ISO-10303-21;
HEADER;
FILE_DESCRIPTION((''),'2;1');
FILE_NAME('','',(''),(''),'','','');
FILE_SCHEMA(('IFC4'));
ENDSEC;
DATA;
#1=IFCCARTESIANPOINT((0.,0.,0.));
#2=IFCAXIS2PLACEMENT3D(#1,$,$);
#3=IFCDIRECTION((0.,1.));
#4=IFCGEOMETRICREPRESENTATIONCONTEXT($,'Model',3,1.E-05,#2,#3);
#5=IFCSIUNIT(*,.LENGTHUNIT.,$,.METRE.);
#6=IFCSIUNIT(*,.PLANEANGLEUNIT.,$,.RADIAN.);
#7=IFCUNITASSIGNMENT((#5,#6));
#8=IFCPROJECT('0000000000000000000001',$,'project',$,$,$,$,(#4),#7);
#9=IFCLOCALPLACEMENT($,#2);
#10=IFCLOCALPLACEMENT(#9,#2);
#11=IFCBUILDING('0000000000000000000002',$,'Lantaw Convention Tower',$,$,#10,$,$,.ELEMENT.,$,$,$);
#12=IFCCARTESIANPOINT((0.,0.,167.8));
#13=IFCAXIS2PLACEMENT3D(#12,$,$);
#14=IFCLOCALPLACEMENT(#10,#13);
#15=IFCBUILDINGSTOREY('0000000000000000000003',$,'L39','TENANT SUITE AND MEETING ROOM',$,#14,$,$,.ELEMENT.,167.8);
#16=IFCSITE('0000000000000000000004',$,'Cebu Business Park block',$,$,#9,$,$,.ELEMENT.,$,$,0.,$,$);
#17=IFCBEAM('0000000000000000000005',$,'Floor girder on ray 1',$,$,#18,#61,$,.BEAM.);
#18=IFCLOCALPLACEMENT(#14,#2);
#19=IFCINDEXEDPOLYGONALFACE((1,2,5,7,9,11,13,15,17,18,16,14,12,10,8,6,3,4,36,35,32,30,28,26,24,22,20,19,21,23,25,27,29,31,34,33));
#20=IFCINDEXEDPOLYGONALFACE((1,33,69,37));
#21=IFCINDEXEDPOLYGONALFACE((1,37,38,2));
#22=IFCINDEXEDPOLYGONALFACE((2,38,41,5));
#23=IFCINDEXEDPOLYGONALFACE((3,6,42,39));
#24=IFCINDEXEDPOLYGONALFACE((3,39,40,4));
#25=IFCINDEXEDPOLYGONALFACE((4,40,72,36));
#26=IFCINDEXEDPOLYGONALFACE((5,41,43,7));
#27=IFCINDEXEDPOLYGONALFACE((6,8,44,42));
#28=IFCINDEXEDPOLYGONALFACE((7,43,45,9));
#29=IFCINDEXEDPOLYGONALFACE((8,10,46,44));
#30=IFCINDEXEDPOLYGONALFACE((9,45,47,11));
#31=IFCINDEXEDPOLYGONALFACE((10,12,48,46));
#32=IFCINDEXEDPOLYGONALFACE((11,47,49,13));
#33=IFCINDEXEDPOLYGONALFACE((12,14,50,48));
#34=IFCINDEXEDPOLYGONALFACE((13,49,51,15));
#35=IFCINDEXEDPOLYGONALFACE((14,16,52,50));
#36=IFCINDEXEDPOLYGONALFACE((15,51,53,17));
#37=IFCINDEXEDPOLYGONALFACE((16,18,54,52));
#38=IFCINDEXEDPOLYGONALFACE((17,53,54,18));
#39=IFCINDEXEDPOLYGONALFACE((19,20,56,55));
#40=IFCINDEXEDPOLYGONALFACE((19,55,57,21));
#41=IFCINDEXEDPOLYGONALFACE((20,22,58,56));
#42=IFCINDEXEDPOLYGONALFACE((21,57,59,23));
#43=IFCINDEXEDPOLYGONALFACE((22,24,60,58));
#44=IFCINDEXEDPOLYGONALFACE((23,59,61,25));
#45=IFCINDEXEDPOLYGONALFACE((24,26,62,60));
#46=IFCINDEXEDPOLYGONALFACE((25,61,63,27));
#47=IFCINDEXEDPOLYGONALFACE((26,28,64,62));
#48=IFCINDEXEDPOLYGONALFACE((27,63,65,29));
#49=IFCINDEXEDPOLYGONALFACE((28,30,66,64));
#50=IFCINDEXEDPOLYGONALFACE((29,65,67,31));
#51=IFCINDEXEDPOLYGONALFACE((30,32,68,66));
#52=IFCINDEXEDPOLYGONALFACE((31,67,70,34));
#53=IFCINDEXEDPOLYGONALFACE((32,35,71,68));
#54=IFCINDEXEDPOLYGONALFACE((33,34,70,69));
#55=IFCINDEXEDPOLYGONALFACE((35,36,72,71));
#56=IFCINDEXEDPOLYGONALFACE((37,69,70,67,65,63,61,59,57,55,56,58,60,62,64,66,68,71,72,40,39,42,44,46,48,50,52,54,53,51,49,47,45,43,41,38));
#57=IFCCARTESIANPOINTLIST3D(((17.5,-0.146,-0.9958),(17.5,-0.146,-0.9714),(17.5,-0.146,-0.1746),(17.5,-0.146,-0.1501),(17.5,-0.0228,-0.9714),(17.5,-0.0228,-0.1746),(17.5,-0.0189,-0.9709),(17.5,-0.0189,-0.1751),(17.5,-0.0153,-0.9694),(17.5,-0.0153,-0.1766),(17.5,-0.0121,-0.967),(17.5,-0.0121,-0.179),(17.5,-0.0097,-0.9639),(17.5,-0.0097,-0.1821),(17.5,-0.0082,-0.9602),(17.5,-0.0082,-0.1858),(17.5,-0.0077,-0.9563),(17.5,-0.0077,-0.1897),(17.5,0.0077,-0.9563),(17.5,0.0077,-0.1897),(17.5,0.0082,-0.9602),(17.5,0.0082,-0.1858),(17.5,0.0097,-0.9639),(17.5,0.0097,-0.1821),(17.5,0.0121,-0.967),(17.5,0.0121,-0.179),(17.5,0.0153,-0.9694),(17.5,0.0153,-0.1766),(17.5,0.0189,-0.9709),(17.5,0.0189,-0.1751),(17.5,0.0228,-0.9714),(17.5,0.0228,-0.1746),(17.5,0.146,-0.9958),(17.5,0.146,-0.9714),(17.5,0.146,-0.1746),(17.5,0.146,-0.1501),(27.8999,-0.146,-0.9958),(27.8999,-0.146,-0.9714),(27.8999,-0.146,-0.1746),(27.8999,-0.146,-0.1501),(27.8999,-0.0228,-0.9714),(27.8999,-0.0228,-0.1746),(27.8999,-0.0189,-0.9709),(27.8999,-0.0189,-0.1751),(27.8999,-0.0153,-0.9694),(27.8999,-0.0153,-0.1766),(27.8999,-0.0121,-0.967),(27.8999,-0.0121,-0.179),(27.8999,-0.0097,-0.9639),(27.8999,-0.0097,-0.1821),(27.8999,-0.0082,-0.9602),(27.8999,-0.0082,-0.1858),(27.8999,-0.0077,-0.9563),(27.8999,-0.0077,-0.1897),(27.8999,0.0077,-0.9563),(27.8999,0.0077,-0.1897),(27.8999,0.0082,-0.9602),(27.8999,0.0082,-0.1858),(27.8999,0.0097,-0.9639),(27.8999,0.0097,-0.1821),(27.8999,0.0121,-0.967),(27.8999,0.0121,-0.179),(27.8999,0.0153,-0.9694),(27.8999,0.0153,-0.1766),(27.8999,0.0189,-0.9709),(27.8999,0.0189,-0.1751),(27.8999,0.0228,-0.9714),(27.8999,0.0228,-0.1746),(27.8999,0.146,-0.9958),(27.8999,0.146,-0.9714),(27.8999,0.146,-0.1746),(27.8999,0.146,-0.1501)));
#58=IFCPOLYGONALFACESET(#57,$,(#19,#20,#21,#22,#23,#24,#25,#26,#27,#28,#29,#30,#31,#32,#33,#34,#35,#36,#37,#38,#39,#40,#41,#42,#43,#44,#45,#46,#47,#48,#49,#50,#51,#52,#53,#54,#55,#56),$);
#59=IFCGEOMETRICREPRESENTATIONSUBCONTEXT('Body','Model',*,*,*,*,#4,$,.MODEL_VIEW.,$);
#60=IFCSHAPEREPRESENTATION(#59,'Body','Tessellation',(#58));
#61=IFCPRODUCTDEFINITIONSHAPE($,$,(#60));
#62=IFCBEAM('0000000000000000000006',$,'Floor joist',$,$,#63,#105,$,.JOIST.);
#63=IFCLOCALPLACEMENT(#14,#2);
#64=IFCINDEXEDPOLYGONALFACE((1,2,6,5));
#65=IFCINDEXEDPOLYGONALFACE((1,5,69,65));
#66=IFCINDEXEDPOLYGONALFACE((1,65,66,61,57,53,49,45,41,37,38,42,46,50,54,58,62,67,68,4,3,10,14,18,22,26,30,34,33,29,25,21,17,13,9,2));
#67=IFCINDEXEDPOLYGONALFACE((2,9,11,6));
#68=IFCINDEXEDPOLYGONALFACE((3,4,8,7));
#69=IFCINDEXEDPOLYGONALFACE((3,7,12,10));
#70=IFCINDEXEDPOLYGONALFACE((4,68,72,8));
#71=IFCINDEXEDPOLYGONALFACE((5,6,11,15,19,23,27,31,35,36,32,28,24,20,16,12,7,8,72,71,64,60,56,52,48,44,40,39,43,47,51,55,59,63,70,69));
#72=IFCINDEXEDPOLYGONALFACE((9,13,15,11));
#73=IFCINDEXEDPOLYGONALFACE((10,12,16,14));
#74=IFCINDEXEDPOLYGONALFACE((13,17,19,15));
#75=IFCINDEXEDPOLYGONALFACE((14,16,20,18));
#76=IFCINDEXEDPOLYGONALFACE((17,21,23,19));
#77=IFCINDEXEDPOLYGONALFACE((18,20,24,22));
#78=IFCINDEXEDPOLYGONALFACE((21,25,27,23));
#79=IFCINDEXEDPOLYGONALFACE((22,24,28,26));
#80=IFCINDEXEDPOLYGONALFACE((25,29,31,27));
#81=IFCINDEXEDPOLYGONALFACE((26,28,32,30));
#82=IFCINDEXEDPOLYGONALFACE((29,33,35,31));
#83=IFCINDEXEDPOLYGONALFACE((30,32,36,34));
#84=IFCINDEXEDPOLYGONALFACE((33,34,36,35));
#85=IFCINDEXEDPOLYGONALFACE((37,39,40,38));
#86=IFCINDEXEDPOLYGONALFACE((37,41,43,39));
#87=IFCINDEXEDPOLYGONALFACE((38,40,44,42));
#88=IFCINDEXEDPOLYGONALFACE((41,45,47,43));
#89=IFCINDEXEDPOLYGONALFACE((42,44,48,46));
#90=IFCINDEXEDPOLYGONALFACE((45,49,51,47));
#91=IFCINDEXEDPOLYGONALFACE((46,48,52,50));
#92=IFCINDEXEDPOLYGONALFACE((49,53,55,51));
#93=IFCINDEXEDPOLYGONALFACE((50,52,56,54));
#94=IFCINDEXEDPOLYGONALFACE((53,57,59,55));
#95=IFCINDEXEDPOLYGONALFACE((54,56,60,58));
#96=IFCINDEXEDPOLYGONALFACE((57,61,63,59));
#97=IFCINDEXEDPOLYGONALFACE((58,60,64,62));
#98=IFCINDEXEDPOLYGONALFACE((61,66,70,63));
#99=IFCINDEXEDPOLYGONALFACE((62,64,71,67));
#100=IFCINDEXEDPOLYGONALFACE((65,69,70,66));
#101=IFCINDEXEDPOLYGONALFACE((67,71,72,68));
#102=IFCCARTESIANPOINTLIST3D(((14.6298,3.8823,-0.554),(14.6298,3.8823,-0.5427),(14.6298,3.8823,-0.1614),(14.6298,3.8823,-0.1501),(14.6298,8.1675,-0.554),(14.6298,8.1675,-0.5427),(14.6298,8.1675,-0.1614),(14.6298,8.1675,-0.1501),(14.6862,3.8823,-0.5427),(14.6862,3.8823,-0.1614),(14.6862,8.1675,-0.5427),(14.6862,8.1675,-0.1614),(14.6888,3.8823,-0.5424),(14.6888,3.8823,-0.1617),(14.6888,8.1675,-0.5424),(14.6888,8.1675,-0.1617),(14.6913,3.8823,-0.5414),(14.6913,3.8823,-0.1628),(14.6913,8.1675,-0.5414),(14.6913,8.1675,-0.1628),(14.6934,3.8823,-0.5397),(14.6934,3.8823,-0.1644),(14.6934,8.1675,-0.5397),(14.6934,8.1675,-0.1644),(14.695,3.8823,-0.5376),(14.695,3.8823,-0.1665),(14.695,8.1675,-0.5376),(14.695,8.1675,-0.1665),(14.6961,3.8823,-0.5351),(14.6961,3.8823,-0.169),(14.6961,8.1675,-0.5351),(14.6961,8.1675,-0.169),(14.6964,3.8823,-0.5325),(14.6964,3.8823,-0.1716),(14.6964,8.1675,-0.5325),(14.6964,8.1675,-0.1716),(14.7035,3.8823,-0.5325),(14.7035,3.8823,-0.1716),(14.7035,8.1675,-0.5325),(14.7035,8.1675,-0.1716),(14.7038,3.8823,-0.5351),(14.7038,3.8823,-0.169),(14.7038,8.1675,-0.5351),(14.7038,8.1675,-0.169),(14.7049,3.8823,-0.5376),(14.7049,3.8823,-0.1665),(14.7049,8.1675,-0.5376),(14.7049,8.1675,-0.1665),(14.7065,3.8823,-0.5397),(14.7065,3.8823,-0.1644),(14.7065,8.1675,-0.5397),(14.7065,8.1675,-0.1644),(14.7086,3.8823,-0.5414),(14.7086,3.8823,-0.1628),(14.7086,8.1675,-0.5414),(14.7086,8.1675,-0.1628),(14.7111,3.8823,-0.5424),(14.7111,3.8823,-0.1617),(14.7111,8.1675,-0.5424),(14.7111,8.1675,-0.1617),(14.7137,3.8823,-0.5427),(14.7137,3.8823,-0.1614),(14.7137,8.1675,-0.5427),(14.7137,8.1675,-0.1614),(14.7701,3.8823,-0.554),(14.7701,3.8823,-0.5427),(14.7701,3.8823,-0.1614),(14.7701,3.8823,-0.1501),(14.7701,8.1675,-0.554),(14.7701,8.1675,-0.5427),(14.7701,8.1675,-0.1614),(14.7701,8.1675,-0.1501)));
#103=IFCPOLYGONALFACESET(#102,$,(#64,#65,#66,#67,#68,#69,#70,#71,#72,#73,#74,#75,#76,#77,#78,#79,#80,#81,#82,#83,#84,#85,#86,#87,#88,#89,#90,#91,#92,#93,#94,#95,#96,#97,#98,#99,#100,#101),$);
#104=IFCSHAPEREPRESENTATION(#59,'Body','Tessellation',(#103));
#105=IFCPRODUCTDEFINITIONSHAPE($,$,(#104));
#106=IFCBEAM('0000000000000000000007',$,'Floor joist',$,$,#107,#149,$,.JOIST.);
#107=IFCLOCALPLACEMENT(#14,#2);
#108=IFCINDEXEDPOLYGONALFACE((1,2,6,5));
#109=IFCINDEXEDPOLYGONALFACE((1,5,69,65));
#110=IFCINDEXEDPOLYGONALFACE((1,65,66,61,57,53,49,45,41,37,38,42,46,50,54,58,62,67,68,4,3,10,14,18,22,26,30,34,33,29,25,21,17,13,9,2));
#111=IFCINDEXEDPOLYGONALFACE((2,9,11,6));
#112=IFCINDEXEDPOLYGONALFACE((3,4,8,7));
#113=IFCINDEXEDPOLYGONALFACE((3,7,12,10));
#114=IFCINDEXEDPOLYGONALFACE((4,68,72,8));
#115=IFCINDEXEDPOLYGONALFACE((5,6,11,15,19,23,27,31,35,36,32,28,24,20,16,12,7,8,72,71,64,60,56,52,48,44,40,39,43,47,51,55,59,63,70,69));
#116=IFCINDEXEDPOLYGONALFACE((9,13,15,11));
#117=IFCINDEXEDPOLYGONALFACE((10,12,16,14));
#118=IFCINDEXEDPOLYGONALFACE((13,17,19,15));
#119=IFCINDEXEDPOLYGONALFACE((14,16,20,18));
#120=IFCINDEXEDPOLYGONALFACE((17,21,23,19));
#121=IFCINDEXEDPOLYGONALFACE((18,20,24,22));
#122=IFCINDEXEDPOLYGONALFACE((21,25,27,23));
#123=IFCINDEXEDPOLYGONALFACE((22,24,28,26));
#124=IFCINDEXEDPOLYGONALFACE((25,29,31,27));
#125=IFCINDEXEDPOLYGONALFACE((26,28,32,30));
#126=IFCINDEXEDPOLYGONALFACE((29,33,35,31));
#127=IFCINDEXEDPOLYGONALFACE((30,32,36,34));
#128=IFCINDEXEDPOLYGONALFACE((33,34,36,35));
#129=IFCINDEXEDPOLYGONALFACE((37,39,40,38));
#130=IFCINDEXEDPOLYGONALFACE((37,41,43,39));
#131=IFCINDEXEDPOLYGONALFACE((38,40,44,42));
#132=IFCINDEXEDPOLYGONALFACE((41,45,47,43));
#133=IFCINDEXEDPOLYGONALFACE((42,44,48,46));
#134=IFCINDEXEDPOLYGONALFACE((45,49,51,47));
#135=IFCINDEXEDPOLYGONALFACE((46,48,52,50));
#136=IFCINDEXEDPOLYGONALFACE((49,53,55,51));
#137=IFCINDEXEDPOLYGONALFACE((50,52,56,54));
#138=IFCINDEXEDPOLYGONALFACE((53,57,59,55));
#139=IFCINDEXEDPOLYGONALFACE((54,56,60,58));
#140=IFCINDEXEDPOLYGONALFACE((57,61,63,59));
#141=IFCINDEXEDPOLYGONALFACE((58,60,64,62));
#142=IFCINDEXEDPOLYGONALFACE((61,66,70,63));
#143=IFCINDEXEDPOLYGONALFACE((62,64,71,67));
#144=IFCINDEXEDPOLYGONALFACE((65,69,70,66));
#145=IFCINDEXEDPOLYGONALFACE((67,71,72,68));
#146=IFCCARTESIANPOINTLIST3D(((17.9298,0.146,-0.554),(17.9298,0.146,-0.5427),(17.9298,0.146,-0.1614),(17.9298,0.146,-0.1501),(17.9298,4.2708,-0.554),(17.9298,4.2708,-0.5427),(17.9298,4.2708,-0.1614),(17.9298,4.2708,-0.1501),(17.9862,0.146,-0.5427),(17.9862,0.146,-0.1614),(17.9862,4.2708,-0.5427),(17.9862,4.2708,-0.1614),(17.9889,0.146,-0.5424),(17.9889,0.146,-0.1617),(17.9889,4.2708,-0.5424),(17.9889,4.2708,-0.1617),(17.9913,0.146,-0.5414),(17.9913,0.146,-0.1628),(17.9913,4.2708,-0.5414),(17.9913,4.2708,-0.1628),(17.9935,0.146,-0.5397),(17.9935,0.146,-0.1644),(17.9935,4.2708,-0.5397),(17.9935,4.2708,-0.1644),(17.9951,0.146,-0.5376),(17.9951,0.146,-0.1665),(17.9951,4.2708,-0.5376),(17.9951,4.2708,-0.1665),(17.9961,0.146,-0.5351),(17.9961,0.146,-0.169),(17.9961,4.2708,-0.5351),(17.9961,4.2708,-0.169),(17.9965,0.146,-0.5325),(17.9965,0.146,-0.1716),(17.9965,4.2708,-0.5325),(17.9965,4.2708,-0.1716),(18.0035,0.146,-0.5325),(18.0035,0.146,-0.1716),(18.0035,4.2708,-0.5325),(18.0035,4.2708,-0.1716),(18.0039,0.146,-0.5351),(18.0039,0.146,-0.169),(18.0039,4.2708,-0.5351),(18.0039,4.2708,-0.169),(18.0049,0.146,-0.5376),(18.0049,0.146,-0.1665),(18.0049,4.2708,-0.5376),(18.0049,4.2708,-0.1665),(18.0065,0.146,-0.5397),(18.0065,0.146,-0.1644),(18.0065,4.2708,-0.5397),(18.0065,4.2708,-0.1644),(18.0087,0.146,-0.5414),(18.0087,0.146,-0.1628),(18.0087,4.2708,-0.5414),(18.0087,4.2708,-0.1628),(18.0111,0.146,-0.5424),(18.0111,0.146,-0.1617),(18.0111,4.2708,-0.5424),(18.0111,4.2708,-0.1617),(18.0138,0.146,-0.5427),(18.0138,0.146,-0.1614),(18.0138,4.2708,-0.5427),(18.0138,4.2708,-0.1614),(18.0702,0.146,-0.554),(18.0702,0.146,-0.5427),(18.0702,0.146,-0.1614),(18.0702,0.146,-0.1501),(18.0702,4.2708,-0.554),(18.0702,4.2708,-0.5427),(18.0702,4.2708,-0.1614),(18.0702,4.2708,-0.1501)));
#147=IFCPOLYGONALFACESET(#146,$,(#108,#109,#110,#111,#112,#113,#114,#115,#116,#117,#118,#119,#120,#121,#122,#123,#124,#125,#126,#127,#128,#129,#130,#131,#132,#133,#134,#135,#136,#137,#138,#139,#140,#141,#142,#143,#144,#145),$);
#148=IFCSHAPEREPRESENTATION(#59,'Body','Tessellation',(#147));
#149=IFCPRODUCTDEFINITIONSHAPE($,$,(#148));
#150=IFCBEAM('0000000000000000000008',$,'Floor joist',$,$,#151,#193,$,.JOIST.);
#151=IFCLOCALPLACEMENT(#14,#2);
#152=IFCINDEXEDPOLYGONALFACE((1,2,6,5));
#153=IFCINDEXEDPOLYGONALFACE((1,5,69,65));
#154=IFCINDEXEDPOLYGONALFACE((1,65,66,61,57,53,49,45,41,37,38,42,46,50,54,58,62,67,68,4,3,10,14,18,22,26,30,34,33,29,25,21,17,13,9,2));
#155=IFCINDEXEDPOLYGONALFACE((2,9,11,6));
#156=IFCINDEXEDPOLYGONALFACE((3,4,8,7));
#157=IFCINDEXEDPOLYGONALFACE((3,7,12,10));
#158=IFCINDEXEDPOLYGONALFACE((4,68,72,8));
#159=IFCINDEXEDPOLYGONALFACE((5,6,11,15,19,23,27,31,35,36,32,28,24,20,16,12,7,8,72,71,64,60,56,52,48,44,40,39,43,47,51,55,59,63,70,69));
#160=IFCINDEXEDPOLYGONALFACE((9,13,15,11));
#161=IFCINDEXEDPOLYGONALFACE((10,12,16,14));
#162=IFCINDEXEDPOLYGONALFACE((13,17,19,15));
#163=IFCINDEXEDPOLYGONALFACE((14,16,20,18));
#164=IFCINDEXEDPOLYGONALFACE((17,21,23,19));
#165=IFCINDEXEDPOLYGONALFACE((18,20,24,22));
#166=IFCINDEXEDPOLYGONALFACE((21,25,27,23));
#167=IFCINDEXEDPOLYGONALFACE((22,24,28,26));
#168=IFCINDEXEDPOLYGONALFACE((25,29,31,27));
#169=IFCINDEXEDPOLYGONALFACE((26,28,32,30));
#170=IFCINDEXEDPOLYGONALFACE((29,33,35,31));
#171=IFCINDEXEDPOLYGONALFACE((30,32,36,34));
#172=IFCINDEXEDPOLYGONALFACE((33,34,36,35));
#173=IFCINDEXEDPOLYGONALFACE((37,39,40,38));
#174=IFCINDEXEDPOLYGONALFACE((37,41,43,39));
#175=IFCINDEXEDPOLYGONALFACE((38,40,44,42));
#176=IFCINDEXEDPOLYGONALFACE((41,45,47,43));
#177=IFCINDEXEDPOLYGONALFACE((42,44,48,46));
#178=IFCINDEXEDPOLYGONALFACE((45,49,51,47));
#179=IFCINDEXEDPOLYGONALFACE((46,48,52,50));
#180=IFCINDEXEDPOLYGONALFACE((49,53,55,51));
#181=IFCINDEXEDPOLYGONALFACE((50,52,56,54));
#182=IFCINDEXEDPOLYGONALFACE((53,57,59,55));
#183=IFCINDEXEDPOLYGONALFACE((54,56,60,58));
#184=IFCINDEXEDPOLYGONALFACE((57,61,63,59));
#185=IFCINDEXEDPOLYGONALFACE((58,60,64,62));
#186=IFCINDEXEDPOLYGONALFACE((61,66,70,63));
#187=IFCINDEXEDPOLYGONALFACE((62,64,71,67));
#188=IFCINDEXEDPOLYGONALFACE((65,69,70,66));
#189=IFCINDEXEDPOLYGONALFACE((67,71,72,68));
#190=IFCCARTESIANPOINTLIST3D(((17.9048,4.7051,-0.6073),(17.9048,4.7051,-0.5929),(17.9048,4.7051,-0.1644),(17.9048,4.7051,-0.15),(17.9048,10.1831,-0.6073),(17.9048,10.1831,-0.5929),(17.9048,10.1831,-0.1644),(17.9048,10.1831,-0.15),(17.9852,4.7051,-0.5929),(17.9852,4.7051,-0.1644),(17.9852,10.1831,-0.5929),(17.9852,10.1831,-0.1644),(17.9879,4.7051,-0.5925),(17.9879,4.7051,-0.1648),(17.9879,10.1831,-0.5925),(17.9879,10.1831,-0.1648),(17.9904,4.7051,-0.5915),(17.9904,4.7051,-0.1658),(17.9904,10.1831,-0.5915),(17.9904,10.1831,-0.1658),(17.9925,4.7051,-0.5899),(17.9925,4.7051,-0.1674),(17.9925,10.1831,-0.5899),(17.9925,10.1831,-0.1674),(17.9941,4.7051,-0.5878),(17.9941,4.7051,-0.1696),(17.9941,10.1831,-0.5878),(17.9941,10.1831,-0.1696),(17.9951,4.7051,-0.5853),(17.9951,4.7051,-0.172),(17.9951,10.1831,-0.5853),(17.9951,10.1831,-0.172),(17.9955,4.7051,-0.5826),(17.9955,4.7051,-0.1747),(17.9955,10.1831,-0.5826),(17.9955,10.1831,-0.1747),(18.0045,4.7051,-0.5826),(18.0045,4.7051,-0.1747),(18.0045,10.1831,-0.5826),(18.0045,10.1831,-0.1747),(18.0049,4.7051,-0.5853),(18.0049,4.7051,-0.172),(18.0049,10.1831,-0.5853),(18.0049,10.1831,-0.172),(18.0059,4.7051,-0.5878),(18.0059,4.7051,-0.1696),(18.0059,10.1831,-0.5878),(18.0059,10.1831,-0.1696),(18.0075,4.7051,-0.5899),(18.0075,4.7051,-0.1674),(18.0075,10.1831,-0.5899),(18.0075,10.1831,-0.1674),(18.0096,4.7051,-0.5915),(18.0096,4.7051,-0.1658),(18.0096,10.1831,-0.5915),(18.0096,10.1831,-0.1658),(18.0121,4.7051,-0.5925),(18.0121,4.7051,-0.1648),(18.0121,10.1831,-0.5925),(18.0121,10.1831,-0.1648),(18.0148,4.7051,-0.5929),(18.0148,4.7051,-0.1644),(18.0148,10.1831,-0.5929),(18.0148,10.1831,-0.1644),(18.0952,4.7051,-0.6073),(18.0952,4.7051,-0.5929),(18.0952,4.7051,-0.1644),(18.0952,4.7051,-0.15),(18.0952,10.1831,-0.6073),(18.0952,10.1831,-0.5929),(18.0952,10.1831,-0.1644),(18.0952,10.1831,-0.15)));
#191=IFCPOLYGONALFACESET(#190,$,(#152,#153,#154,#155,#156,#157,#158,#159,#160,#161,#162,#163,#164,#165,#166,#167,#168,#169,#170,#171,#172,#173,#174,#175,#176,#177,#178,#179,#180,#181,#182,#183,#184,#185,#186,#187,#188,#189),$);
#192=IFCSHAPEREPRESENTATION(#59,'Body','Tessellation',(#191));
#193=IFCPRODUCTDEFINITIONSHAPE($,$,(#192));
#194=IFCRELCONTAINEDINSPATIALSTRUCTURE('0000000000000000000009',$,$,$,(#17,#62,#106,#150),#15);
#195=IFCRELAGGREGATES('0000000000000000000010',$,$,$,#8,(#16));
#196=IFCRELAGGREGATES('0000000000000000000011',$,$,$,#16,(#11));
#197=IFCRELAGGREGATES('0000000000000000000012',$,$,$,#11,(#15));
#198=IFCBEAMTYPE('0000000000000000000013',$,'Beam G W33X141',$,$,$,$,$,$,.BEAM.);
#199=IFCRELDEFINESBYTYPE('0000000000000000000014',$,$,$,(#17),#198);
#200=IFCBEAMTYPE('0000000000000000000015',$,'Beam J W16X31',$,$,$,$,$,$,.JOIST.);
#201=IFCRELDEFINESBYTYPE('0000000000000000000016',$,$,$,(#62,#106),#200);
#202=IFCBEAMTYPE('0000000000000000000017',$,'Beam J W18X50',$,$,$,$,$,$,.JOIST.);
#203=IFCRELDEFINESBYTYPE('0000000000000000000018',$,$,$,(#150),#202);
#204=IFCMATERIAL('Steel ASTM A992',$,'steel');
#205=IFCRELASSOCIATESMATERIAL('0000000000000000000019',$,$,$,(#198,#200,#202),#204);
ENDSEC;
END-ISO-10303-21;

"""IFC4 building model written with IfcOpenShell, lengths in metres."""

from ifc_helpers import new_model, si_unit, direction, frame, origin, origin_2d, place, context, subcontext, project, spatial, i_section, extrude, material, material_profile, profile_set, type_object, element, save


model = new_model("IFC4")

# Units and contexts
model_context = context("Model", 3, precision=1e-05, world=origin(), true_north=direction((0.0, 1.0)))
body_context = subcontext(model_context, "Body", "Model", "MODEL_VIEW")
ifc_project = project(units=[si_unit("LENGTHUNIT", "METRE"), si_unit("PLANEANGLEUNIT", "RADIAN")], contexts=[model_context])

# Site, building, storey
site_placement = place(None, origin())
site = spatial("IfcSite", under=ifc_project, at=site_placement, Name="Cebu Business Park block", CompositionType="ELEMENT", RefElevation=0.0)
building_placement = place(site_placement, origin())
building = spatial("IfcBuilding", under=site, at=building_placement, Name="Lantaw Convention Tower", CompositionType="ELEMENT")
storey_placement = place(building_placement, frame((0.0, 0.0, 167.8)))
storey = spatial("IfcBuildingStorey", under=building, at=storey_placement, Name="L39", Description="TENANT SUITE AND MEETING ROOM", CompositionType="ELEMENT", Elevation=167.8)

# Beams
ifc_material_1 = material(Name="Steel ASTM A992", Category="steel")
ifc_material_profile_1 = material_profile(ifc_material_1, i_section(OverallWidth=0.292, OverallDepth=0.8457, WebThickness=0.0154, FlangeThickness=0.0244, FilletRadius=0.0151, at=origin_2d()), Name="W33X141")
ifc_profile_set_1 = profile_set([ifc_material_profile_1], Name="Steel ASTM A992")
beam_type_1 = type_object("IfcBeamType", Name="Beam G W33X141", PredefinedType="BEAM", material=ifc_profile_set_1)
beam_1_placement = place(storey_placement, frame((17.5, 0.0, -0.573), z_axis=(1.0, 0.0, 0.0), x_axis=(0.0, 1.0, 0.0)))
element("IfcBeam", 1, at=beam_1_placement, inside=storey, type_object=beam_type_1, Name="Floor girder on ray 1", PredefinedType="BEAM", context=body_context, shape_type="SweptSolid", body=[
    extrude(i_section(OverallWidth=0.292, OverallDepth=0.8457, WebThickness=0.0154, FlangeThickness=0.0244, FilletRadius=0.0151, at=origin_2d()), origin(), (0.0, 0.0, 1.0), 10.3999),
])
ifc_material_profile_2 = material_profile(ifc_material_1, i_section(OverallWidth=0.1404, OverallDepth=0.4038, WebThickness=0.0071, FlangeThickness=0.0112, FilletRadius=0.0103, at=origin_2d()), Name="W16X31")
ifc_profile_set_2 = profile_set([ifc_material_profile_2], Name="Steel ASTM A992")
beam_type_2 = type_object("IfcBeamType", Name="Beam J W16X31", PredefinedType="JOIST", material=ifc_profile_set_2)
beam_2_placement = place(storey_placement, frame((14.7, 3.8823, -0.3521), z_axis=(0.0, 1.0, 0.0), x_axis=(-1.0, 0.0, 0.0)))
element("IfcBeam", 2, at=beam_2_placement, inside=storey, type_object=beam_type_2, Name="Floor joist", PredefinedType="JOIST", context=body_context, shape_type="SweptSolid", body=[
    extrude(i_section(OverallWidth=0.1404, OverallDepth=0.4038, WebThickness=0.0071, FlangeThickness=0.0112, FilletRadius=0.0103, at=origin_2d()), origin(), (0.0, 0.0, 1.0), 4.2852),
])
beam_3_placement = place(storey_placement, frame((18.0, 0.146, -0.3521), z_axis=(0.0, 1.0, 0.0), x_axis=(-1.0, 0.0, 0.0)))
element("IfcBeam", 3, at=beam_3_placement, inside=storey, type_object=beam_type_2, Name="Floor joist", PredefinedType="JOIST", context=body_context, shape_type="SweptSolid", body=[
    extrude(i_section(OverallWidth=0.1404, OverallDepth=0.4038, WebThickness=0.0071, FlangeThickness=0.0112, FilletRadius=0.0103, at=origin_2d()), origin(), (0.0, 0.0, 1.0), 4.1248),
])
ifc_material_profile_3 = material_profile(ifc_material_1, i_section(OverallWidth=0.1904, OverallDepth=0.4573, WebThickness=0.009, FlangeThickness=0.0144, FilletRadius=0.0103, at=origin_2d()), Name="W18X50")
ifc_profile_set_3 = profile_set([ifc_material_profile_3], Name="Steel ASTM A992")
beam_type_3 = type_object("IfcBeamType", Name="Beam J W18X50", PredefinedType="JOIST", material=ifc_profile_set_3)
beam_4_placement = place(storey_placement, frame((18.0, 4.7051, -0.3787), z_axis=(0.0, 1.0, 0.0), x_axis=(-1.0, 0.0, 0.0)))
element("IfcBeam", 4, at=beam_4_placement, inside=storey, type_object=beam_type_3, Name="Floor joist", PredefinedType="JOIST", context=body_context, shape_type="SweptSolid", body=[
    extrude(i_section(OverallWidth=0.1904, OverallDepth=0.4573, WebThickness=0.009, FlangeThickness=0.0144, FilletRadius=0.0103, at=origin_2d()), origin(), (0.0, 0.0, 1.0), 5.478),
])

save(model, "model.ifc")
